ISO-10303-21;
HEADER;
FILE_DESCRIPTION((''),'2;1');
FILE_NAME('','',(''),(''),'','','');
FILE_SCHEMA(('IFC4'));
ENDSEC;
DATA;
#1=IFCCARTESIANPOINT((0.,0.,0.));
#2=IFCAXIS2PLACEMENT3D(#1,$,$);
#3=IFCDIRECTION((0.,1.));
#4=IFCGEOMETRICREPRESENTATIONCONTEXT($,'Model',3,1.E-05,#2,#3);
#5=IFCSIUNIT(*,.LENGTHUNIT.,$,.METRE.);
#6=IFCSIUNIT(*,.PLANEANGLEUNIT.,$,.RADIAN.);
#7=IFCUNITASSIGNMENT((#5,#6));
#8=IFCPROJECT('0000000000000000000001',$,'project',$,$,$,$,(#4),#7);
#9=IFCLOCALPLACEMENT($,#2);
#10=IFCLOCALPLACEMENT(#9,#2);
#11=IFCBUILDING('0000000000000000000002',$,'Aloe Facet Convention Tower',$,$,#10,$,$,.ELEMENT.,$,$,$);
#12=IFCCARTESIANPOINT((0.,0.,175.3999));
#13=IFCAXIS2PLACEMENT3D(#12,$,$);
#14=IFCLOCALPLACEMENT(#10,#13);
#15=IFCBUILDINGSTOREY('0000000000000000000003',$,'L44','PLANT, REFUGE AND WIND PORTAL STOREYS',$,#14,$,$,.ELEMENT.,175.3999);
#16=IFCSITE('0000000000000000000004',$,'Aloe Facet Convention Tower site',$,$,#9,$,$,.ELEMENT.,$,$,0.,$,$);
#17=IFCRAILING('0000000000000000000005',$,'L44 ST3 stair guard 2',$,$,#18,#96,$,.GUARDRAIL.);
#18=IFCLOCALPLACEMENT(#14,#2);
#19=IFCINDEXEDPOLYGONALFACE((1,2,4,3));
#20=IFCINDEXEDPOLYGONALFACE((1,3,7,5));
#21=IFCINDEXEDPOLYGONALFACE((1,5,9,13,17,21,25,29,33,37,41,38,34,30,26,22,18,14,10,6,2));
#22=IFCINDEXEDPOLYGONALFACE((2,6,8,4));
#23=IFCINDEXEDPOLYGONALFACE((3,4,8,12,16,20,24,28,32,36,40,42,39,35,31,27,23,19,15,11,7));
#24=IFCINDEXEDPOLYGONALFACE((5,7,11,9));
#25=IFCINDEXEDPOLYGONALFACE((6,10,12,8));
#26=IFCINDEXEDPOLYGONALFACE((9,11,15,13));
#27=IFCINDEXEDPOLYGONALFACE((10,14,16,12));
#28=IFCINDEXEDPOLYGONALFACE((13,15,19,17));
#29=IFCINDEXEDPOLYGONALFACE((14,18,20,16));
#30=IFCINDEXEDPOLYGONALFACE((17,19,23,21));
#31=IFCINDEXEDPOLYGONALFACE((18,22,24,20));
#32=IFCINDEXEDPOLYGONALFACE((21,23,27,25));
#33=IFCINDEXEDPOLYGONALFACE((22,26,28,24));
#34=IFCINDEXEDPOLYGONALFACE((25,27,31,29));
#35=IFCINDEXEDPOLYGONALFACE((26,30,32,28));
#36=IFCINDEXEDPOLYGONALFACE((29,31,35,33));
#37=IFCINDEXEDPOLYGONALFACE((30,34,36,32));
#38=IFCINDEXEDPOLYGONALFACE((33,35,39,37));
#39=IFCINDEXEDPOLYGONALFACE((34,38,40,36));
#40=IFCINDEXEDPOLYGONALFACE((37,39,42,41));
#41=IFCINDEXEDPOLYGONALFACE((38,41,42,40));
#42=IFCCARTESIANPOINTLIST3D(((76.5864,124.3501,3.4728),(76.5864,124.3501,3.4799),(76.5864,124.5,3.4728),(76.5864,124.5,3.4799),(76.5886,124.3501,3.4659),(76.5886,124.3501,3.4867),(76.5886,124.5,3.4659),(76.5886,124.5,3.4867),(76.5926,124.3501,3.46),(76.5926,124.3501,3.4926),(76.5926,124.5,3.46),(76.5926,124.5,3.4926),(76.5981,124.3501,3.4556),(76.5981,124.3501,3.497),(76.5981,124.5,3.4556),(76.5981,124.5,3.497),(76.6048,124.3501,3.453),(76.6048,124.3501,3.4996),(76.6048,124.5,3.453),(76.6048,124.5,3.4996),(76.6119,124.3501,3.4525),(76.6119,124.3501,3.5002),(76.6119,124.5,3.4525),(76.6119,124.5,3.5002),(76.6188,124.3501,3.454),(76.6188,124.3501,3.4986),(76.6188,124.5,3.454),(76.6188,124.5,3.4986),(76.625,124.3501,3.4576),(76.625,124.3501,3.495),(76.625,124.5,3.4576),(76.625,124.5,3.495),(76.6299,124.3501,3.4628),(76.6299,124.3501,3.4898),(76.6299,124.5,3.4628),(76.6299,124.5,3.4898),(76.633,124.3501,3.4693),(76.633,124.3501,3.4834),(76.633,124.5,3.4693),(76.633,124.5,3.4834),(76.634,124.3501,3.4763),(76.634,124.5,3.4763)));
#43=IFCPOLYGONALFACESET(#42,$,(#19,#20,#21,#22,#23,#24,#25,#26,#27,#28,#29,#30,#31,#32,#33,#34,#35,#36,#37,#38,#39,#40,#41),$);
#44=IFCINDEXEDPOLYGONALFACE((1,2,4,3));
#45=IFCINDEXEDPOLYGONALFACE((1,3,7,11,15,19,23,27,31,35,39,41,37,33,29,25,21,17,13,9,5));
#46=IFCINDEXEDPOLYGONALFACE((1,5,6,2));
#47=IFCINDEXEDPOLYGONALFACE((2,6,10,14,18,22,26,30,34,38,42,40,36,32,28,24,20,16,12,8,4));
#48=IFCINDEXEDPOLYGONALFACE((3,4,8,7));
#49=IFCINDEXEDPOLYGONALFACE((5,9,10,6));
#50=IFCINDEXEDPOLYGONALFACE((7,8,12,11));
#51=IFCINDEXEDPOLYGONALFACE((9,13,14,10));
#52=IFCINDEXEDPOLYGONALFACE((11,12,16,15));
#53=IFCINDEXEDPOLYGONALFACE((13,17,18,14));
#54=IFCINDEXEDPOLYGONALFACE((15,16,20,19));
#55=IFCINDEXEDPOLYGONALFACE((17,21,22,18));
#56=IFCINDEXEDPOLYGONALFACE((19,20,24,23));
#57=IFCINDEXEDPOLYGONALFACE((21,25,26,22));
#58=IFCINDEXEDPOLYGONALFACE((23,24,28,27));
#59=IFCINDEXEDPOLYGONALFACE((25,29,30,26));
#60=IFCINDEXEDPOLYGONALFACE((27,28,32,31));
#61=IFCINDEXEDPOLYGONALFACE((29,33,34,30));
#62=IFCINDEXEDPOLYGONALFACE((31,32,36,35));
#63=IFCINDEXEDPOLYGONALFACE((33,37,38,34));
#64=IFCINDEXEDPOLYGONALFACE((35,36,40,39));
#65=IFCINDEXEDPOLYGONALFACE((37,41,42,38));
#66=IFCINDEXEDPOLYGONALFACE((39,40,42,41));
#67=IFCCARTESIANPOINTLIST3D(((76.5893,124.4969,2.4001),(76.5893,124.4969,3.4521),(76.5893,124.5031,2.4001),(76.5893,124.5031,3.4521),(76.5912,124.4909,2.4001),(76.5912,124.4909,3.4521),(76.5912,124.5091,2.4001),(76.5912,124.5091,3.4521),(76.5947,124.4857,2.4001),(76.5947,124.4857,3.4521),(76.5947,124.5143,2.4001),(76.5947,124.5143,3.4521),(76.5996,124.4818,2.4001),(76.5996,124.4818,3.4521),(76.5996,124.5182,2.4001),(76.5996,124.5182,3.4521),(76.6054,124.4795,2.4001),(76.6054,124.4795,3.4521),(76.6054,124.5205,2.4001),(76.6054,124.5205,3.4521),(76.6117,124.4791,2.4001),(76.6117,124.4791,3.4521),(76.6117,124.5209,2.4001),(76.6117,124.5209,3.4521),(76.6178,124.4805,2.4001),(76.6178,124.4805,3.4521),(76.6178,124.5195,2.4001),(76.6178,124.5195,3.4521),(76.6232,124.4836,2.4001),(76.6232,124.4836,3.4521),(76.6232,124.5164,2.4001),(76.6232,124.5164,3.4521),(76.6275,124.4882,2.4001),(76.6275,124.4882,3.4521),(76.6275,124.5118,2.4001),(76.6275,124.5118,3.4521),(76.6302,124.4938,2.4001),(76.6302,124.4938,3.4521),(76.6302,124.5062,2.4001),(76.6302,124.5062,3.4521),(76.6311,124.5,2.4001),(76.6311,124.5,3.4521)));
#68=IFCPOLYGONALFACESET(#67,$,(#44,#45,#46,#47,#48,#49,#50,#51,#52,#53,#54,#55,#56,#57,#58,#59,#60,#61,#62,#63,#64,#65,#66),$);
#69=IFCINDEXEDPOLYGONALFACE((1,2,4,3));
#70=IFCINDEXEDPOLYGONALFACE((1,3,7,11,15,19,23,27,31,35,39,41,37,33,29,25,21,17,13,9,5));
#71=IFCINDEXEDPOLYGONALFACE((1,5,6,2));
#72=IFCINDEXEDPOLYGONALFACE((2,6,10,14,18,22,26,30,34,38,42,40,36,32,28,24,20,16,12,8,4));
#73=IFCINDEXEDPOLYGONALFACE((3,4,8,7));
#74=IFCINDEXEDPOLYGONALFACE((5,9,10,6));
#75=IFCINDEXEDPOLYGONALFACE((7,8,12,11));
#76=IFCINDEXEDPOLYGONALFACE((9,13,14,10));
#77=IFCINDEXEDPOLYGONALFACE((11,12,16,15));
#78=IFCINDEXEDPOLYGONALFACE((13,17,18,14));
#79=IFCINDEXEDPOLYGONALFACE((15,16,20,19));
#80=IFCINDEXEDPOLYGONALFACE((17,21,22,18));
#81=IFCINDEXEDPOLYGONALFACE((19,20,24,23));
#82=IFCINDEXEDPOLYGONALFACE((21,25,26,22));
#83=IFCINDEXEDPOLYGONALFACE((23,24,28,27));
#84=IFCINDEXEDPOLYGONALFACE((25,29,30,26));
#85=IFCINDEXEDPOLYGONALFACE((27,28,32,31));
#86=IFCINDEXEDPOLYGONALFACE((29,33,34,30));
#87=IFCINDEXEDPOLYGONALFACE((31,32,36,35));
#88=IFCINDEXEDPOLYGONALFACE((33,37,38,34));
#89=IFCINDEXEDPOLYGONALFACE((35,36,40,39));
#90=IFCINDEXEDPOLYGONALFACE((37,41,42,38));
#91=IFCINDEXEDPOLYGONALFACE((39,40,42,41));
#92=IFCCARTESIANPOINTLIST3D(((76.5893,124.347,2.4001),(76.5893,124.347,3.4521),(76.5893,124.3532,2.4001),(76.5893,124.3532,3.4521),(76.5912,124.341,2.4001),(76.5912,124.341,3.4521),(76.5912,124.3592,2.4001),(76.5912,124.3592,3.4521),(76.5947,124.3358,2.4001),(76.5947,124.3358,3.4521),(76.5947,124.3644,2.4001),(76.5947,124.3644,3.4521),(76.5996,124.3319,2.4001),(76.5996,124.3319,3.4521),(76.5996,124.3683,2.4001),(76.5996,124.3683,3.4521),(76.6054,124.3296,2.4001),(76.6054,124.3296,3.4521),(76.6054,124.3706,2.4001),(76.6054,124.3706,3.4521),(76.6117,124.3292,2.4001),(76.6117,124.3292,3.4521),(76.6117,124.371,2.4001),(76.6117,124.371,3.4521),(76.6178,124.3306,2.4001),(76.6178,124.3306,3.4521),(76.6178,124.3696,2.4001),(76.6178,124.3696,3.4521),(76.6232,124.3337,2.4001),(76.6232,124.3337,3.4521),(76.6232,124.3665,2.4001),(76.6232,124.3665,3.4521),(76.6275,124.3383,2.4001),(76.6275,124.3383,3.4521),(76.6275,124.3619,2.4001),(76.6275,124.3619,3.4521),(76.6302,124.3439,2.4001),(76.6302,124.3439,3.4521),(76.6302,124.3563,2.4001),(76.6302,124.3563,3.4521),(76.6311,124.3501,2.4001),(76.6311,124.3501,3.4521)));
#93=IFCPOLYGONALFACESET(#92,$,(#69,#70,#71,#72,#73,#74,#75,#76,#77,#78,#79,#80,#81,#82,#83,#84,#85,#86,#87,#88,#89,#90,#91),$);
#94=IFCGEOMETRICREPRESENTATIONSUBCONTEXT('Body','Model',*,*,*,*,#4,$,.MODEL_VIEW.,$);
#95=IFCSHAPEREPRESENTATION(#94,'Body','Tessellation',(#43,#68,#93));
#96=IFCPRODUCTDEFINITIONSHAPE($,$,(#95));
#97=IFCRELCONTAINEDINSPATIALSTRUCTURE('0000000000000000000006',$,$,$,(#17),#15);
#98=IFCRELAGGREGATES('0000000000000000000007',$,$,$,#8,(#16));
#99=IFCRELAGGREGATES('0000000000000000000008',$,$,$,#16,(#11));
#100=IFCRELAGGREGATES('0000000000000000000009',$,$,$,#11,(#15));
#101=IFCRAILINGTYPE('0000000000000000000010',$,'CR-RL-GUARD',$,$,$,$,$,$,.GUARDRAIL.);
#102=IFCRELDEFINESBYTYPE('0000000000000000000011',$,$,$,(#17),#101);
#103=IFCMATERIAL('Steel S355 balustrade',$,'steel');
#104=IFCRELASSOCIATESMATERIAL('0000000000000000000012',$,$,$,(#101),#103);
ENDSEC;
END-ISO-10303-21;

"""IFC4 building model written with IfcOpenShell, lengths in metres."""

from ifc_helpers import new_model, si_unit, direction, frame, origin, origin_2d, place, context, subcontext, project, spatial, circle, extrude, material, type_object, element, save


model = new_model("IFC4")

# Units and contexts
model_context = context("Model", 3, precision=1e-05, world=origin(), true_north=direction((0.0, 1.0)))
body_context = subcontext(model_context, "Body", "Model", "MODEL_VIEW")
ifc_project = project(units=[si_unit("LENGTHUNIT", "METRE"), si_unit("PLANEANGLEUNIT", "RADIAN")], contexts=[model_context])

# Site, building, storey
site_placement = place(None, origin())
site = spatial("IfcSite", under=ifc_project, at=site_placement, Name="Aloe Facet Convention Tower site", CompositionType="ELEMENT", RefElevation=0.0)
building_placement = place(site_placement, origin())
building = spatial("IfcBuilding", under=site, at=building_placement, Name="Aloe Facet Convention Tower", CompositionType="ELEMENT")
storey_placement = place(building_placement, frame((0.0, 0.0, 175.3999)))
storey = spatial("IfcBuildingStorey", under=building, at=storey_placement, Name="L44", Description="PLANT, REFUGE AND WIND PORTAL STOREYS", CompositionType="ELEMENT", Elevation=175.3999)

# Railing
ifc_material_1 = material(Name="Steel S355 balustrade", Category="steel")
railing_type_1 = type_object("IfcRailingType", Name="CR-RL-GUARD", PredefinedType="GUARDRAIL", material=ifc_material_1)
railing_1_placement = place(storey_placement, frame((76.6101, 124.5, 2.4001)))
element("IfcRailing", 1, at=railing_1_placement, inside=storey, type_object=railing_type_1, Name="L44 ST3 stair guard 2", PredefinedType="GUARDRAIL", context=body_context, shape_type="SweptSolid", body=[
    extrude(circle(Radius=0.0239, at=origin_2d()), frame((0.0, 0.0, 1.0762), z_axis=(0.0, -1.0, 0.0), x_axis=(1.0, 0.0, 0.0)), (0.0, 0.0, 1.0), 0.1499),
    extrude(circle(Radius=0.021, at=origin_2d()), origin(), (0.0, 0.0, 1.0), 1.052),
    extrude(circle(Radius=0.021, at=origin_2d()), frame((0.0, -0.1499, 0.0)), (0.0, 0.0, 1.0), 1.052),
])

save(model, "model.ifc")
